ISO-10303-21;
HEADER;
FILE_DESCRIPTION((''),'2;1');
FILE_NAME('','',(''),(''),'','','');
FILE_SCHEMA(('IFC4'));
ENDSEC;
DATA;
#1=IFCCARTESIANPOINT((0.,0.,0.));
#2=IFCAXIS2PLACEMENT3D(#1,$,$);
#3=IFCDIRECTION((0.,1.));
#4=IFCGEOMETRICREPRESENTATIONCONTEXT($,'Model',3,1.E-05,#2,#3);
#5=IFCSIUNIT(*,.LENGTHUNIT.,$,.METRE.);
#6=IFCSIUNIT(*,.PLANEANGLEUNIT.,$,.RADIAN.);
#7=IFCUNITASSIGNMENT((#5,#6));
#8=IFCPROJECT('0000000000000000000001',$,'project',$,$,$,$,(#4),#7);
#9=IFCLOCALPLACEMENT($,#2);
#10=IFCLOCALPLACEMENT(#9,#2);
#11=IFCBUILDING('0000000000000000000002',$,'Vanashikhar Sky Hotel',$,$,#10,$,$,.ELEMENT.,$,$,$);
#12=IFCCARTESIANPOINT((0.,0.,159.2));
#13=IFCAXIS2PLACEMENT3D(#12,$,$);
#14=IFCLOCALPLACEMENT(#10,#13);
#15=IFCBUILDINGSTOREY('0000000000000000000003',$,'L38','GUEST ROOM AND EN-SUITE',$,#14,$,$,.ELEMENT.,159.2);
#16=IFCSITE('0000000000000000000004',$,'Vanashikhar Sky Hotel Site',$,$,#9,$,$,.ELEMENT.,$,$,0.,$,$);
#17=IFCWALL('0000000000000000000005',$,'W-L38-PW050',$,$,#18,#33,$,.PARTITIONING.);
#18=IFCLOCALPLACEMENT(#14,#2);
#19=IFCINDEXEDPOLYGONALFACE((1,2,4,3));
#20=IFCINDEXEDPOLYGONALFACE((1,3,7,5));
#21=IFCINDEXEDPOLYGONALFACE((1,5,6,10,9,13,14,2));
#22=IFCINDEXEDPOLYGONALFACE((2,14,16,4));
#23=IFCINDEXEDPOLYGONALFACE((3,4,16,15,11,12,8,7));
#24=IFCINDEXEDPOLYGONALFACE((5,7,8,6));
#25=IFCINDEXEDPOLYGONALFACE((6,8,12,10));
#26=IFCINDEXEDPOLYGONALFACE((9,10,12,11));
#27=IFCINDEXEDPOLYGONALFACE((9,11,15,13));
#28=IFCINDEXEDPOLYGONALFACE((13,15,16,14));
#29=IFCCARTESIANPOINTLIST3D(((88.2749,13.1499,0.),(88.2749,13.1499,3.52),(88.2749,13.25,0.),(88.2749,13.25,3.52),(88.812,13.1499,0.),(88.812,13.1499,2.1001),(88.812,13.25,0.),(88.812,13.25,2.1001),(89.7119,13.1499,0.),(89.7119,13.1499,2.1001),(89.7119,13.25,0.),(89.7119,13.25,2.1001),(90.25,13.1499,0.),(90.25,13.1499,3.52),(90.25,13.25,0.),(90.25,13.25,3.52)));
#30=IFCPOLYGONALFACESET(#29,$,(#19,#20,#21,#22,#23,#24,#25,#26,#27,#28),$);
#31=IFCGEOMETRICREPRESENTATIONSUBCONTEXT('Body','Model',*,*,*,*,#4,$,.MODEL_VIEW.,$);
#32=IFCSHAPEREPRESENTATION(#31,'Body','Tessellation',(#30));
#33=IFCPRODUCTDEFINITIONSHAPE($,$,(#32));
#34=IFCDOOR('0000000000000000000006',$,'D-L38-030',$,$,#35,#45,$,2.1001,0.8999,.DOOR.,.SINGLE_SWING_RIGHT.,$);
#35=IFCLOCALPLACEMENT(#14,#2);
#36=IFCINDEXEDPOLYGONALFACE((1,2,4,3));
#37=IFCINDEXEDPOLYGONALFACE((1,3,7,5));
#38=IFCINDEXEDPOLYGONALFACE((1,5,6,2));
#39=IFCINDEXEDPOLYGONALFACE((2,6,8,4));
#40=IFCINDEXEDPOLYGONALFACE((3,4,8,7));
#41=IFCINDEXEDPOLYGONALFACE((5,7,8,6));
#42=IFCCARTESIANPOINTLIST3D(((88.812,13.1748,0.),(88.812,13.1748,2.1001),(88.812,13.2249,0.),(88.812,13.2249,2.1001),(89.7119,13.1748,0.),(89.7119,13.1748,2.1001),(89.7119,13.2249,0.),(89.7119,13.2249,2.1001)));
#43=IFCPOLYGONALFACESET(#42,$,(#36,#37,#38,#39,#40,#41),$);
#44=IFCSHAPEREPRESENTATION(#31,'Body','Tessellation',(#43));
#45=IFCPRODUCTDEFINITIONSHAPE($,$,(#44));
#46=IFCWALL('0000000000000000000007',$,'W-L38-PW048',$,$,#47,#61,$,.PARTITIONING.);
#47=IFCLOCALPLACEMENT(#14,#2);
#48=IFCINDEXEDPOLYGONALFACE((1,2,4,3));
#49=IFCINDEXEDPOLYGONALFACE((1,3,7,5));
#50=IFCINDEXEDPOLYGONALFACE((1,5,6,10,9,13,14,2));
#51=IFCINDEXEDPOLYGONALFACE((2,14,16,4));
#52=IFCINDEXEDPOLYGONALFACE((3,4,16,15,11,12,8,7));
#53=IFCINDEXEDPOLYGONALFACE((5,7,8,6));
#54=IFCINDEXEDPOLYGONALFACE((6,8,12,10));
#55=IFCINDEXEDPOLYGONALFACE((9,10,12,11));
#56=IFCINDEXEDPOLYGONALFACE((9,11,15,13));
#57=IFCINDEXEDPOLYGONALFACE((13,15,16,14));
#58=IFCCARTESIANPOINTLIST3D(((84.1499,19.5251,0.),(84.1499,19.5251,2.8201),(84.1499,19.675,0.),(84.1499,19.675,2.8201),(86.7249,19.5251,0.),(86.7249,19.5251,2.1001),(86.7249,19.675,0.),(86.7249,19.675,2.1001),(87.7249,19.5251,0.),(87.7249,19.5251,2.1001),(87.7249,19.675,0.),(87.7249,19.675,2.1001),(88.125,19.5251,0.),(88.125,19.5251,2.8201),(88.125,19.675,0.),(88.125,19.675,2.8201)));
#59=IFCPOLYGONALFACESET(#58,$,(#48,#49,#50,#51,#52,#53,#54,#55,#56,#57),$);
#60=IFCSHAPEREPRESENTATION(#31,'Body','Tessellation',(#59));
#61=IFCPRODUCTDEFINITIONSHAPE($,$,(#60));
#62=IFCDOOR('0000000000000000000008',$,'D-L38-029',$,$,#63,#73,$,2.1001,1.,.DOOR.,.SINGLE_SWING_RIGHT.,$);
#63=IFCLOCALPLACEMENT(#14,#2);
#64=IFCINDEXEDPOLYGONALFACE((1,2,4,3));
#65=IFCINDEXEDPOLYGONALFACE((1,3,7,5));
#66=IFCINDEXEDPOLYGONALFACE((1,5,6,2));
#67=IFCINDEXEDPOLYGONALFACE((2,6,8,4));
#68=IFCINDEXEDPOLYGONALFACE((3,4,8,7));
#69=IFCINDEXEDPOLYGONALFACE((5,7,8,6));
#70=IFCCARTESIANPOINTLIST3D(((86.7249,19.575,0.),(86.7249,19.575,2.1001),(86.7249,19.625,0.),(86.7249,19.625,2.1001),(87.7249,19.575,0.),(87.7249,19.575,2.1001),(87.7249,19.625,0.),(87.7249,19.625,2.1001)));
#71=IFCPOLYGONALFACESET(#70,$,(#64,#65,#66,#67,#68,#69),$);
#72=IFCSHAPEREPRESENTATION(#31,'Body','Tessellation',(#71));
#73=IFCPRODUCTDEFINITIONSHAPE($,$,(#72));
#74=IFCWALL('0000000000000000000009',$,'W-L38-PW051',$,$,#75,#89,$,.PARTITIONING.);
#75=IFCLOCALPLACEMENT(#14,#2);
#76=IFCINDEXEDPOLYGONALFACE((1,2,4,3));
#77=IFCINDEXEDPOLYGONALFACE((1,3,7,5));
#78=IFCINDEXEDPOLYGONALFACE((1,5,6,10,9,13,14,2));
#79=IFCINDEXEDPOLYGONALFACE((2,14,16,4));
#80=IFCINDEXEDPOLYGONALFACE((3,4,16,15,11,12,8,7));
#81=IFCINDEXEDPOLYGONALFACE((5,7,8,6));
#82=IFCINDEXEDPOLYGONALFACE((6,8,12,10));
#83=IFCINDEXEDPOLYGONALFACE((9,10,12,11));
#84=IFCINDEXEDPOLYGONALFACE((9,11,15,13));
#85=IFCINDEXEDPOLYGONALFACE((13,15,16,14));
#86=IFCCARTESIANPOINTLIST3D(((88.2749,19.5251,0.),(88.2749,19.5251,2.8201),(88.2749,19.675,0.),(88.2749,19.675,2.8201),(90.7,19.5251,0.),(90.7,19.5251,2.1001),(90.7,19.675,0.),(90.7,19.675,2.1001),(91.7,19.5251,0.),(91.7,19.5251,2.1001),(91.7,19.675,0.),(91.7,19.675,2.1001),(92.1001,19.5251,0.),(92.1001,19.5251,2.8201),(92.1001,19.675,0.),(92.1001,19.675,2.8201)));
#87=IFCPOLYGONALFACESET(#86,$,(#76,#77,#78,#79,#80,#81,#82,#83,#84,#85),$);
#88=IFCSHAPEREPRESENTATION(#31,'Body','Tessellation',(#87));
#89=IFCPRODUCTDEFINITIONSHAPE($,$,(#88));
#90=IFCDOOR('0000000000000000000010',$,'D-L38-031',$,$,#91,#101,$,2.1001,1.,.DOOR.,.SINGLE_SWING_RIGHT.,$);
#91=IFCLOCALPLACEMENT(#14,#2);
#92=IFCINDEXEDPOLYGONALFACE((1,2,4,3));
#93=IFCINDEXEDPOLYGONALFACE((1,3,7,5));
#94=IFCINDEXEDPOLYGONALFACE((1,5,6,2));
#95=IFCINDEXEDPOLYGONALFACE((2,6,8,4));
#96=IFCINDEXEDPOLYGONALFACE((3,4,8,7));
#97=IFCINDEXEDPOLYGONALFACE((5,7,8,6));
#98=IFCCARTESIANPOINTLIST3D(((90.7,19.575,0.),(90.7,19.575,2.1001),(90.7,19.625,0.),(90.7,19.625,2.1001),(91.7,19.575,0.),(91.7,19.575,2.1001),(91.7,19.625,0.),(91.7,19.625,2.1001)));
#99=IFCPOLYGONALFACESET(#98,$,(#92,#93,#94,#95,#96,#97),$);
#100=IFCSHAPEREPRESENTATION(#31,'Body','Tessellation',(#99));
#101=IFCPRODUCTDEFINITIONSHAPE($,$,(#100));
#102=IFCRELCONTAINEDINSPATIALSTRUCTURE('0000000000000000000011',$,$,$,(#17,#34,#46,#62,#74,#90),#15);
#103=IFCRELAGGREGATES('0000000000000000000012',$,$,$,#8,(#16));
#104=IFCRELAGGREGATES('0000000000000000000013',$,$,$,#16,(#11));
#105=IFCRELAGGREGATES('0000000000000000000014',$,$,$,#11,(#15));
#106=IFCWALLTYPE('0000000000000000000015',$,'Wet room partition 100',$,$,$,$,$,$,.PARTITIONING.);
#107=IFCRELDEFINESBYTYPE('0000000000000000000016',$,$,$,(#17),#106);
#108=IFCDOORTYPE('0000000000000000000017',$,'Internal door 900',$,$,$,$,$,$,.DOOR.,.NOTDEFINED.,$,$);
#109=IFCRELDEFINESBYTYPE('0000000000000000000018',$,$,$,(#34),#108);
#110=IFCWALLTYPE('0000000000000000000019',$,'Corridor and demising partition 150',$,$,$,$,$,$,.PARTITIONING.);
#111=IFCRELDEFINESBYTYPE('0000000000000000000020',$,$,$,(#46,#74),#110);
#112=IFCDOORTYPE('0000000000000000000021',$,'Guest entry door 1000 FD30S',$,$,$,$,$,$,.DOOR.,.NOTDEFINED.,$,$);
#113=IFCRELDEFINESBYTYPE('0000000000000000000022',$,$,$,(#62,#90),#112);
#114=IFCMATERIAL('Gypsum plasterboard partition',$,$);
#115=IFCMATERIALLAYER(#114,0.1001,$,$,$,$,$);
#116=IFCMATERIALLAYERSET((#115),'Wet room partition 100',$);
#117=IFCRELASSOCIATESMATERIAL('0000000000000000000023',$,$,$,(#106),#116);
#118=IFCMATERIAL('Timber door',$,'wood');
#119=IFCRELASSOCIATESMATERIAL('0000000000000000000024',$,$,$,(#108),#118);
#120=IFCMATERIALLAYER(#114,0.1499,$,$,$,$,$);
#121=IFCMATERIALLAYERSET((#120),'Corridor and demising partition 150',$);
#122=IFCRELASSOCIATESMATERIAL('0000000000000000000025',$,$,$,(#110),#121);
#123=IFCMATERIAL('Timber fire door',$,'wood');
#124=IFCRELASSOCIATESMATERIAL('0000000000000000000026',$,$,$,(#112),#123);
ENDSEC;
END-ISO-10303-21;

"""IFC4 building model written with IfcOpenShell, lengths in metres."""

from ifc_helpers import new_model, si_unit, direction, frame, frame_2d, origin, place, context, subcontext, project, spatial, rectangle, extrude, source, transform, mapped, material, layer, layer_set, type_object, element, fill, save


model = new_model("IFC4")

# Units and contexts
model_context = context("Model", 3, precision=1e-05, world=origin(), true_north=direction((0.0, 1.0)))
body_context = subcontext(model_context, "Body", "Model", "MODEL_VIEW")
ifc_project = project(units=[si_unit("LENGTHUNIT", "METRE"), si_unit("PLANEANGLEUNIT", "RADIAN")], contexts=[model_context])

# Site, building, storey
site_placement = place(None, origin())
site = spatial("IfcSite", under=ifc_project, at=site_placement, Name="Vanashikhar Sky Hotel Site", CompositionType="ELEMENT", RefElevation=0.0)
building_placement = place(site_placement, origin())
building = spatial("IfcBuilding", under=site, at=building_placement, Name="Vanashikhar Sky Hotel", CompositionType="ELEMENT")
storey_placement = place(building_placement, frame((0.0, 0.0, 159.2)))
storey = spatial("IfcBuildingStorey", under=building, at=storey_placement, Name="L38", Description="GUEST ROOM AND EN-SUITE", CompositionType="ELEMENT", Elevation=159.2)

# Shared definitions
ifc_material_1 = material(Name="Gypsum plasterboard partition")
ifc_layer_1 = layer(ifc_material_1, 0.1001)
ifc_layer_set_1 = layer_set([ifc_layer_1], Name="Wet room partition 100")
wall_type_1 = type_object("IfcWallType", Name="Wet room partition 100", PredefinedType="PARTITIONING", material=ifc_layer_set_1)

# Walls, openings, doors
shared_shape_1 = source(origin(), body_context, "Body", "SweptSolid", [
    extrude(rectangle(XDim=0.8999, YDim=2.1001, at=frame_2d((0.45, 1.05))), frame((0.0, 0.0601, 0.0), z_axis=(0.0, -1.0, 0.0), x_axis=(1.0, 0.0, 0.0)), (0.0, 0.0, 1.0), 0.1201),
])
ifc_material_2 = material(Name="Timber door", Category="wood")
door_type_1 = type_object("IfcDoorType", Name="Internal door 900", OperationType="NOTDEFINED", PredefinedType="DOOR", material=ifc_material_2)
shared_shape_2 = source(origin(), body_context, "Body", "SweptSolid", [
    extrude(rectangle(XDim=0.8999, YDim=2.1001, at=frame_2d((0.45, 1.05))), frame((0.0, 0.0249, 0.0), z_axis=(0.0, -1.0, 0.0), x_axis=(1.0, 0.0, 0.0)), (0.0, 0.0, 1.0), 0.05),
])
shared_shape_3 = source(origin(), body_context, "Body", "SweptSolid", [
    extrude(rectangle(XDim=1.9751, YDim=0.1001, at=frame_2d((0.9875, 0.0))), origin(), (0.0, 0.0, 1.0), 3.52),
])
wall_1_placement = place(storey_placement, frame((88.2749, 13.2, 0.0), z_axis=(0.0, 0.0, 1.0), x_axis=(1.0, 0.0, 0.0)))
wall_1 = element("IfcWall", 1, at=wall_1_placement, inside=storey, type_object=wall_type_1, Name="W-L38-PW050", PredefinedType="PARTITIONING", context=body_context, shape_type="MappedRepresentation", body=[
    mapped(shared_shape_3, transform((0.0, 0.0, 0.0), scale=1.0)),
])
opening_1_placement = place(wall_1_placement, frame((0.5371, 0.0, 0.0)))
opening_1 = element("IfcOpeningElement", 2, at=opening_1_placement, cuts=wall_1, PredefinedType="OPENING", context=body_context, shape_type="MappedRepresentation", body=[
    mapped(shared_shape_1, transform((0.0, 0.0, 0.0), scale=1.0)),
])
door_1_placement = place(opening_1_placement, origin())
door_1 = element("IfcDoor", 3, at=door_1_placement, inside=storey, type_object=door_type_1, Name="D-L38-030", OperationType="SINGLE_SWING_RIGHT", OverallHeight=2.1001, OverallWidth=0.8999, PredefinedType="DOOR", context=body_context, shape_type="MappedRepresentation", body=[
    mapped(shared_shape_2, transform((0.0, 0.0, 0.0), scale=1.0)),
])
fill(opening_1, door_1)
ifc_layer_2 = layer(ifc_material_1, 0.1499)
ifc_layer_set_2 = layer_set([ifc_layer_2], Name="Corridor and demising partition 150")
wall_type_2 = type_object("IfcWallType", Name="Corridor and demising partition 150", PredefinedType="PARTITIONING", material=ifc_layer_set_2)
shared_shape_4 = source(origin(), body_context, "Body", "SweptSolid", [
    extrude(rectangle(XDim=3.9751, YDim=0.1499, at=frame_2d((1.9875, 0.0))), origin(), (0.0, 0.0, 1.0), 2.8201),
])
wall_2_placement = place(storey_placement, frame((84.1499, 19.6001, 0.0), z_axis=(0.0, 0.0, 1.0), x_axis=(1.0, 0.0, 0.0)))
wall_2 = element("IfcWall", 4, at=wall_2_placement, inside=storey, type_object=wall_type_2, Name="W-L38-PW048", PredefinedType="PARTITIONING", context=body_context, shape_type="MappedRepresentation", body=[
    mapped(shared_shape_4, transform((0.0, 0.0, 0.0), scale=1.0)),
])
shared_shape_5 = source(origin(), body_context, "Body", "SweptSolid", [
    extrude(rectangle(XDim=1.0, YDim=2.1001, at=frame_2d((0.5, 1.05))), frame((0.0, 0.085, 0.0), z_axis=(0.0, -1.0, 0.0), x_axis=(1.0, 0.0, 0.0)), (0.0, 0.0, 1.0), 0.1699),
])
opening_2_placement = place(wall_2_placement, frame((2.575, 0.0, 0.0)))
opening_2 = element("IfcOpeningElement", 5, at=opening_2_placement, cuts=wall_2, PredefinedType="OPENING", context=body_context, shape_type="MappedRepresentation", body=[
    mapped(shared_shape_5, transform((0.0, 0.0, 0.0), scale=1.0)),
])
ifc_material_3 = material(Name="Timber fire door", Category="wood")
door_type_2 = type_object("IfcDoorType", Name="Guest entry door 1000 FD30S", OperationType="NOTDEFINED", PredefinedType="DOOR", material=ifc_material_3)
shared_shape_6 = source(origin(), body_context, "Body", "SweptSolid", [
    extrude(rectangle(XDim=1.0, YDim=2.1001, at=frame_2d((0.5, 1.05))), frame((0.0, 0.0249, 0.0), z_axis=(0.0, -1.0, 0.0), x_axis=(1.0, 0.0, 0.0)), (0.0, 0.0, 1.0), 0.05),
])
door_2_placement = place(opening_2_placement, origin())
door_2 = element("IfcDoor", 6, at=door_2_placement, inside=storey, type_object=door_type_2, Name="D-L38-029", OperationType="SINGLE_SWING_RIGHT", OverallHeight=2.1001, OverallWidth=1.0, PredefinedType="DOOR", context=body_context, shape_type="MappedRepresentation", body=[
    mapped(shared_shape_6, transform((0.0, 0.0, 0.0), scale=1.0)),
])
fill(opening_2, door_2)
shared_shape_7 = source(origin(), body_context, "Body", "SweptSolid", [
    extrude(rectangle(XDim=3.8252, YDim=0.1499, at=frame_2d((1.9126, 0.0))), origin(), (0.0, 0.0, 1.0), 2.8201),
])
wall_3_placement = place(storey_placement, frame((88.2749, 19.6001, 0.0), z_axis=(0.0, 0.0, 1.0), x_axis=(1.0, 0.0, 0.0)))
wall_3 = element("IfcWall", 7, at=wall_3_placement, inside=storey, type_object=wall_type_2, Name="W-L38-PW051", PredefinedType="PARTITIONING", context=body_context, shape_type="MappedRepresentation", body=[
    mapped(shared_shape_7, transform((0.0, 0.0, 0.0), scale=1.0)),
])
opening_3_placement = place(wall_3_placement, frame((2.425, 0.0, 0.0)))
opening_3 = element("IfcOpeningElement", 8, at=opening_3_placement, cuts=wall_3, PredefinedType="OPENING", context=body_context, shape_type="MappedRepresentation", body=[
    mapped(shared_shape_5, transform((0.0, 0.0, 0.0), scale=1.0)),
])
door_3_placement = place(opening_3_placement, origin())
door_3 = element("IfcDoor", 9, at=door_3_placement, inside=storey, type_object=door_type_2, Name="D-L38-031", OperationType="SINGLE_SWING_RIGHT", OverallHeight=2.1001, OverallWidth=1.0, PredefinedType="DOOR", context=body_context, shape_type="MappedRepresentation", body=[
    mapped(shared_shape_6, transform((0.0, 0.0, 0.0), scale=1.0)),
])
fill(opening_3, door_3)

save(model, "model.ifc")
